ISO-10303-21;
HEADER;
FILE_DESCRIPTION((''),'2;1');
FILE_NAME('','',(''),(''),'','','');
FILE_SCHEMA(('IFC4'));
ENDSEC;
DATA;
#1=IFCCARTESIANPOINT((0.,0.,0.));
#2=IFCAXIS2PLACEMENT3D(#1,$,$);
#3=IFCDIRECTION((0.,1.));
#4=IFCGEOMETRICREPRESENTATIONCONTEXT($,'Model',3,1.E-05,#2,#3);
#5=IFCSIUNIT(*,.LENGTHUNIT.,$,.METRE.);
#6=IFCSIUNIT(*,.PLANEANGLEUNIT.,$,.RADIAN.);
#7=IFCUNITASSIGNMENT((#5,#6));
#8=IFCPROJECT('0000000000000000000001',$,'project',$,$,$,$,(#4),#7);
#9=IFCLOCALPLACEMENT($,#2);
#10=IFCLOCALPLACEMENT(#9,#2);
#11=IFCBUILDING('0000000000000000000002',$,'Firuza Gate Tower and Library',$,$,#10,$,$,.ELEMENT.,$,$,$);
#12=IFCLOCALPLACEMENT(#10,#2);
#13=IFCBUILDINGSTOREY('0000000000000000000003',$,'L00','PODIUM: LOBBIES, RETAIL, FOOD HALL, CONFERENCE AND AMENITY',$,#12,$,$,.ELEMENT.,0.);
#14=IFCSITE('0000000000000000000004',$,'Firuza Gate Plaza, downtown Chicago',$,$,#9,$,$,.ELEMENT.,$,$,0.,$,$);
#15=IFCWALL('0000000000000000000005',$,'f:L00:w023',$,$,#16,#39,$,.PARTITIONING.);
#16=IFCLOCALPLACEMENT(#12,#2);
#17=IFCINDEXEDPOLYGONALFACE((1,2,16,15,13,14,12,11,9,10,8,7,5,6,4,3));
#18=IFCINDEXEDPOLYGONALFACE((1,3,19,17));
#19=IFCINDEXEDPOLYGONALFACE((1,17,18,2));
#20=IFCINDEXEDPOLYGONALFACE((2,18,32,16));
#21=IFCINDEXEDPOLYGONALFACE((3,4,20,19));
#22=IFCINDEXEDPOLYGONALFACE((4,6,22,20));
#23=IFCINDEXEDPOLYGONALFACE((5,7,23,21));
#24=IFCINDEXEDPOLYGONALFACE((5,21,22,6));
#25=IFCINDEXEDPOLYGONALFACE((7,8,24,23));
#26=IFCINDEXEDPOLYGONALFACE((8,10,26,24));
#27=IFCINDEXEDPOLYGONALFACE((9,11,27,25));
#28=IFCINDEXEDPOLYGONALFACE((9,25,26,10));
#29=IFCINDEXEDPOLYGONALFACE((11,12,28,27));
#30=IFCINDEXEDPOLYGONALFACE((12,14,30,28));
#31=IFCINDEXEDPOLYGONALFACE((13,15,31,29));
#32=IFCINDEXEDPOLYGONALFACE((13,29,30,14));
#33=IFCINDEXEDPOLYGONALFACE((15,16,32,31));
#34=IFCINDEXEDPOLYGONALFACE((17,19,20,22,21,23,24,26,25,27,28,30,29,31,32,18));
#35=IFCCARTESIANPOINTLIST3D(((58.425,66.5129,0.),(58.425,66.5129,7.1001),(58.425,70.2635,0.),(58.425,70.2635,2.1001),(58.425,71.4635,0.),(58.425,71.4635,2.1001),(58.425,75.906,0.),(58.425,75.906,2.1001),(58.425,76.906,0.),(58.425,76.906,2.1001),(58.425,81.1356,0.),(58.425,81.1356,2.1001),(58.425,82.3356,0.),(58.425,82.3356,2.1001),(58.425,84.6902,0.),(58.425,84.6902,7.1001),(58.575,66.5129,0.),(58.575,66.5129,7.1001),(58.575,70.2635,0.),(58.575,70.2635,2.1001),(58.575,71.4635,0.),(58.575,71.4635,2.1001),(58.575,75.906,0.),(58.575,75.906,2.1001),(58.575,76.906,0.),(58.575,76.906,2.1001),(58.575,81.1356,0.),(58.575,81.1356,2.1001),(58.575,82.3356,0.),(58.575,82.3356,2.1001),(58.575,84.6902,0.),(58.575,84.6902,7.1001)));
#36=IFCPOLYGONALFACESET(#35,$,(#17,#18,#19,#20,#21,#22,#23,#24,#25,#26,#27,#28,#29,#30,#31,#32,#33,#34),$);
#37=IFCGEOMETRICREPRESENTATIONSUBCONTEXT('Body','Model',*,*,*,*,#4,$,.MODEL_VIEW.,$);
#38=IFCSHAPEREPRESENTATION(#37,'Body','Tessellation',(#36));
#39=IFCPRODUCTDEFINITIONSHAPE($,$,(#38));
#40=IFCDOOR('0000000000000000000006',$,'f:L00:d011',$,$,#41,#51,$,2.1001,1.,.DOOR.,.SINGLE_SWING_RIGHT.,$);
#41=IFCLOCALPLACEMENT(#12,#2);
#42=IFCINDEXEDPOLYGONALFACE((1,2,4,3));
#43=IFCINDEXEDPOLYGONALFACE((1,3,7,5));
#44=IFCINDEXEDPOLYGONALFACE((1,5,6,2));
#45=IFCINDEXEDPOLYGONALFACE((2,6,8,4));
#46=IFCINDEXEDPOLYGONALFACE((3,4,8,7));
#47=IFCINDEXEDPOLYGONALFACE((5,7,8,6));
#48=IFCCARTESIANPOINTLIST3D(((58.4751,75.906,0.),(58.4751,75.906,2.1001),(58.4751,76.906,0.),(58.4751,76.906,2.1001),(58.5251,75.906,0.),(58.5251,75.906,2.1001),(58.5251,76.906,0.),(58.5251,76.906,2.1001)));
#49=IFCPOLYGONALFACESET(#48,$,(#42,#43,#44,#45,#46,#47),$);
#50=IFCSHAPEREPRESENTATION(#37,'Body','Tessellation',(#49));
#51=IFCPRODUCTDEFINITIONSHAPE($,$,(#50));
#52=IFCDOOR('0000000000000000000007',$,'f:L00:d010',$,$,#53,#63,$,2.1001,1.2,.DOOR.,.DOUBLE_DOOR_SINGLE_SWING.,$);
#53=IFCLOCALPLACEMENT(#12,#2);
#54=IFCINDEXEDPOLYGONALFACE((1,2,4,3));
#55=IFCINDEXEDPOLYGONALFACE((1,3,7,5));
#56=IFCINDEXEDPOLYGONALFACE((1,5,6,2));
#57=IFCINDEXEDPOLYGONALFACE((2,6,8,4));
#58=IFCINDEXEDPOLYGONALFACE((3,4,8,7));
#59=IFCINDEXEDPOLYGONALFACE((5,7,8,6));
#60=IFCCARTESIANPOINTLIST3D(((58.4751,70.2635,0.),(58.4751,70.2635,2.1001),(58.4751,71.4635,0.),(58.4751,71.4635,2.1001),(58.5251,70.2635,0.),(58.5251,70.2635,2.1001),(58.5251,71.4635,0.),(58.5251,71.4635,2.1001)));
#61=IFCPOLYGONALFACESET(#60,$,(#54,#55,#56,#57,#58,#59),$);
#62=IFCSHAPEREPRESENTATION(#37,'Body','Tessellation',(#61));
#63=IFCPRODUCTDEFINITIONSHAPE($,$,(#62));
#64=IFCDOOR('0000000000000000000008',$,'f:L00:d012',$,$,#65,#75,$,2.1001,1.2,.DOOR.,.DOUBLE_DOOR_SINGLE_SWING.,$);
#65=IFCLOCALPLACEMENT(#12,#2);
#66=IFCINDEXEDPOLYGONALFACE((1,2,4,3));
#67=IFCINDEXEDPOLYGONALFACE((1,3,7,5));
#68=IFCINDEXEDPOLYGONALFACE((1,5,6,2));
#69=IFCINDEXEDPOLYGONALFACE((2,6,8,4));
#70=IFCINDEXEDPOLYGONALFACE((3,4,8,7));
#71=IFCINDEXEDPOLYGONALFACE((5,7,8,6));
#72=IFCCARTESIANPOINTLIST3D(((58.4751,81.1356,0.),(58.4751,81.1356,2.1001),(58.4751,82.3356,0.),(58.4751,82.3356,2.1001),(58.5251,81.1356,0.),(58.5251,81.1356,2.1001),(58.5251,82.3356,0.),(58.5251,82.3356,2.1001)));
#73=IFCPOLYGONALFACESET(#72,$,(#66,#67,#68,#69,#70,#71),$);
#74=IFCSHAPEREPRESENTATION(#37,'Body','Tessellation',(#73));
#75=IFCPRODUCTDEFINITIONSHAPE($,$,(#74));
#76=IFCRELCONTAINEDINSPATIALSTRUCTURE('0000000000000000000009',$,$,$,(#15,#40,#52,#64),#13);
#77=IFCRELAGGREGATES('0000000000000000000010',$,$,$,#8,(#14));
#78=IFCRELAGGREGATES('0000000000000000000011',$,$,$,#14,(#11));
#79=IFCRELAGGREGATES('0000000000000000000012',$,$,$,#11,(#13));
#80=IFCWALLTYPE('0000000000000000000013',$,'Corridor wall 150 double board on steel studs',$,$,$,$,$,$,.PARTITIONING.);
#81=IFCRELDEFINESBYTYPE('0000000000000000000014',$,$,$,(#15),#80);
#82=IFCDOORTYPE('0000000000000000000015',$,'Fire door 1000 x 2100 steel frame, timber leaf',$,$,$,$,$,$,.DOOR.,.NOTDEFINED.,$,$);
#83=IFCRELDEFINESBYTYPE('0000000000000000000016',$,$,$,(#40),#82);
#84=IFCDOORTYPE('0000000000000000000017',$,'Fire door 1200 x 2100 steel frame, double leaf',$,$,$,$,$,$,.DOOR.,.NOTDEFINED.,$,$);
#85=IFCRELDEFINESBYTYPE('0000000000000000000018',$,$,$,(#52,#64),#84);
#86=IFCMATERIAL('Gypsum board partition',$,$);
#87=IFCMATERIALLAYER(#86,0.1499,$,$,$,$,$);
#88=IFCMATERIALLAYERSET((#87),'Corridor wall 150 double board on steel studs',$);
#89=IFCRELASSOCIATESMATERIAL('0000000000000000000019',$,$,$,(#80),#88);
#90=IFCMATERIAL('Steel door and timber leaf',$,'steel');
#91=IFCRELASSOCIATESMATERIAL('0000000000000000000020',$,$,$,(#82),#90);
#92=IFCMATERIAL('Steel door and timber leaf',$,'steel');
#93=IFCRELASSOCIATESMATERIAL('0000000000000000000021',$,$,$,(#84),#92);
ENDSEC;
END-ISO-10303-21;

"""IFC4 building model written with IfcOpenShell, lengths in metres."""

from ifc_helpers import new_model, si_unit, direction, frame, frame_2d, origin, place, context, subcontext, project, spatial, rectangle, extrude, material, layer, layer_set, type_object, element, fill, save


model = new_model("IFC4")

# Units and contexts
model_context = context("Model", 3, precision=1e-05, world=origin(), true_north=direction((0.0, 1.0)))
body_context = subcontext(model_context, "Body", "Model", "MODEL_VIEW")
ifc_project = project(units=[si_unit("LENGTHUNIT", "METRE"), si_unit("PLANEANGLEUNIT", "RADIAN")], contexts=[model_context])

# Site, building, storey
site_placement = place(None, origin())
site = spatial("IfcSite", under=ifc_project, at=site_placement, Name="Firuza Gate Plaza, downtown Chicago", CompositionType="ELEMENT", RefElevation=0.0)
building_placement = place(site_placement, origin())
building = spatial("IfcBuilding", under=site, at=building_placement, Name="Firuza Gate Tower and Library", CompositionType="ELEMENT")
storey_placement = place(building_placement, origin())
storey = spatial("IfcBuildingStorey", under=building, at=storey_placement, Name="L00", Description="PODIUM: LOBBIES, RETAIL, FOOD HALL, CONFERENCE AND AMENITY", CompositionType="ELEMENT", Elevation=0.0)

# Wall, openings, doors
ifc_material_1 = material(Name="Gypsum board partition")
ifc_layer_1 = layer(ifc_material_1, 0.1499)
ifc_layer_set_1 = layer_set([ifc_layer_1], Name="Corridor wall 150 double board on steel studs")
wall_type_1 = type_object("IfcWallType", Name="Corridor wall 150 double board on steel studs", PredefinedType="PARTITIONING", material=ifc_layer_set_1)
wall_1_placement = place(storey_placement, frame((58.5, 66.5129, 0.0), z_axis=(0.0, 0.0, 1.0), x_axis=(0.0, 1.0, 0.0)))
wall_1 = element("IfcWall", 1, at=wall_1_placement, inside=storey, type_object=wall_type_1, Name="f:L00:w023", PredefinedType="PARTITIONING", context=body_context, shape_type="SweptSolid", body=[
    extrude(rectangle(XDim=18.1772, YDim=0.1499, at=frame_2d((9.0886, 0.0))), origin(), (0.0, 0.0, 1.0), 7.1001),
])
opening_1_placement = place(wall_1_placement, frame((3.7505, 0.0, 0.0)))
opening_1 = element("IfcOpeningElement", 2, at=opening_1_placement, cuts=wall_1, PredefinedType="OPENING", context=body_context, shape_type="SweptSolid", body=[
    extrude(rectangle(XDim=1.2, YDim=2.1001, at=frame_2d((0.6001, 1.05))), frame((0.0, 0.085, 0.0), z_axis=(0.0, -1.0, 0.0), x_axis=(1.0, 0.0, 0.0)), (0.0, 0.0, 1.0), 0.1699),
])
opening_2_placement = place(wall_1_placement, frame((9.3931, 0.0, 0.0)))
opening_2 = element("IfcOpeningElement", 3, at=opening_2_placement, cuts=wall_1, PredefinedType="OPENING", context=body_context, shape_type="SweptSolid", body=[
    extrude(rectangle(XDim=1.0, YDim=2.1001, at=frame_2d((0.5, 1.05))), frame((0.0, 0.085, 0.0), z_axis=(0.0, -1.0, 0.0), x_axis=(1.0, 0.0, 0.0)), (0.0, 0.0, 1.0), 0.1699),
])
opening_3_placement = place(wall_1_placement, frame((14.6226, 0.0, 0.0)))
opening_3 = element("IfcOpeningElement", 4, at=opening_3_placement, cuts=wall_1, PredefinedType="OPENING", context=body_context, shape_type="SweptSolid", body=[
    extrude(rectangle(XDim=1.2, YDim=2.1001, at=frame_2d((0.6001, 1.05))), frame((0.0, 0.085, 0.0), z_axis=(0.0, -1.0, 0.0), x_axis=(1.0, 0.0, 0.0)), (0.0, 0.0, 1.0), 0.1699),
])
ifc_material_2 = material(Name="Steel door and timber leaf", Category="steel")
door_type_1 = type_object("IfcDoorType", Name="Fire door 1000 x 2100 steel frame, timber leaf", OperationType="NOTDEFINED", PredefinedType="DOOR", material=ifc_material_2)
door_1_placement = place(opening_2_placement, origin())
door_1 = element("IfcDoor", 5, at=door_1_placement, inside=storey, type_object=door_type_1, Name="f:L00:d011", OperationType="SINGLE_SWING_RIGHT", OverallHeight=2.1001, OverallWidth=1.0, PredefinedType="DOOR", context=body_context, shape_type="SweptSolid", body=[
    extrude(rectangle(XDim=1.0, YDim=2.1001, at=frame_2d((0.5, 1.05))), frame((0.0, 0.0249, 0.0), z_axis=(0.0, -1.0, 0.0), x_axis=(1.0, 0.0, 0.0)), (0.0, 0.0, 1.0), 0.05),
])
fill(opening_2, door_1)
ifc_material_3 = material(Name="Steel door and timber leaf", Category="steel")
door_type_2 = type_object("IfcDoorType", Name="Fire door 1200 x 2100 steel frame, double leaf", OperationType="NOTDEFINED", PredefinedType="DOOR", material=ifc_material_3)
door_2_placement = place(opening_1_placement, origin())
door_2 = element("IfcDoor", 6, at=door_2_placement, inside=storey, type_object=door_type_2, Name="f:L00:d010", OperationType="DOUBLE_DOOR_SINGLE_SWING", OverallHeight=2.1001, OverallWidth=1.2, PredefinedType="DOOR", context=body_context, shape_type="SweptSolid", body=[
    extrude(rectangle(XDim=1.2, YDim=2.1001, at=frame_2d((0.6001, 1.05))), frame((0.0, 0.0249, 0.0), z_axis=(0.0, -1.0, 0.0), x_axis=(1.0, 0.0, 0.0)), (0.0, 0.0, 1.0), 0.05),
])
fill(opening_1, door_2)
door_3_placement = place(opening_3_placement, origin())
door_3 = element("IfcDoor", 7, at=door_3_placement, inside=storey, type_object=door_type_2, Name="f:L00:d012", OperationType="DOUBLE_DOOR_SINGLE_SWING", OverallHeight=2.1001, OverallWidth=1.2, PredefinedType="DOOR", context=body_context, shape_type="SweptSolid", body=[
    extrude(rectangle(XDim=1.2, YDim=2.1001, at=frame_2d((0.6001, 1.05))), frame((0.0, 0.0249, 0.0), z_axis=(0.0, -1.0, 0.0), x_axis=(1.0, 0.0, 0.0)), (0.0, 0.0, 1.0), 0.05),
])
fill(opening_3, door_3)

save(model, "model.ifc")
